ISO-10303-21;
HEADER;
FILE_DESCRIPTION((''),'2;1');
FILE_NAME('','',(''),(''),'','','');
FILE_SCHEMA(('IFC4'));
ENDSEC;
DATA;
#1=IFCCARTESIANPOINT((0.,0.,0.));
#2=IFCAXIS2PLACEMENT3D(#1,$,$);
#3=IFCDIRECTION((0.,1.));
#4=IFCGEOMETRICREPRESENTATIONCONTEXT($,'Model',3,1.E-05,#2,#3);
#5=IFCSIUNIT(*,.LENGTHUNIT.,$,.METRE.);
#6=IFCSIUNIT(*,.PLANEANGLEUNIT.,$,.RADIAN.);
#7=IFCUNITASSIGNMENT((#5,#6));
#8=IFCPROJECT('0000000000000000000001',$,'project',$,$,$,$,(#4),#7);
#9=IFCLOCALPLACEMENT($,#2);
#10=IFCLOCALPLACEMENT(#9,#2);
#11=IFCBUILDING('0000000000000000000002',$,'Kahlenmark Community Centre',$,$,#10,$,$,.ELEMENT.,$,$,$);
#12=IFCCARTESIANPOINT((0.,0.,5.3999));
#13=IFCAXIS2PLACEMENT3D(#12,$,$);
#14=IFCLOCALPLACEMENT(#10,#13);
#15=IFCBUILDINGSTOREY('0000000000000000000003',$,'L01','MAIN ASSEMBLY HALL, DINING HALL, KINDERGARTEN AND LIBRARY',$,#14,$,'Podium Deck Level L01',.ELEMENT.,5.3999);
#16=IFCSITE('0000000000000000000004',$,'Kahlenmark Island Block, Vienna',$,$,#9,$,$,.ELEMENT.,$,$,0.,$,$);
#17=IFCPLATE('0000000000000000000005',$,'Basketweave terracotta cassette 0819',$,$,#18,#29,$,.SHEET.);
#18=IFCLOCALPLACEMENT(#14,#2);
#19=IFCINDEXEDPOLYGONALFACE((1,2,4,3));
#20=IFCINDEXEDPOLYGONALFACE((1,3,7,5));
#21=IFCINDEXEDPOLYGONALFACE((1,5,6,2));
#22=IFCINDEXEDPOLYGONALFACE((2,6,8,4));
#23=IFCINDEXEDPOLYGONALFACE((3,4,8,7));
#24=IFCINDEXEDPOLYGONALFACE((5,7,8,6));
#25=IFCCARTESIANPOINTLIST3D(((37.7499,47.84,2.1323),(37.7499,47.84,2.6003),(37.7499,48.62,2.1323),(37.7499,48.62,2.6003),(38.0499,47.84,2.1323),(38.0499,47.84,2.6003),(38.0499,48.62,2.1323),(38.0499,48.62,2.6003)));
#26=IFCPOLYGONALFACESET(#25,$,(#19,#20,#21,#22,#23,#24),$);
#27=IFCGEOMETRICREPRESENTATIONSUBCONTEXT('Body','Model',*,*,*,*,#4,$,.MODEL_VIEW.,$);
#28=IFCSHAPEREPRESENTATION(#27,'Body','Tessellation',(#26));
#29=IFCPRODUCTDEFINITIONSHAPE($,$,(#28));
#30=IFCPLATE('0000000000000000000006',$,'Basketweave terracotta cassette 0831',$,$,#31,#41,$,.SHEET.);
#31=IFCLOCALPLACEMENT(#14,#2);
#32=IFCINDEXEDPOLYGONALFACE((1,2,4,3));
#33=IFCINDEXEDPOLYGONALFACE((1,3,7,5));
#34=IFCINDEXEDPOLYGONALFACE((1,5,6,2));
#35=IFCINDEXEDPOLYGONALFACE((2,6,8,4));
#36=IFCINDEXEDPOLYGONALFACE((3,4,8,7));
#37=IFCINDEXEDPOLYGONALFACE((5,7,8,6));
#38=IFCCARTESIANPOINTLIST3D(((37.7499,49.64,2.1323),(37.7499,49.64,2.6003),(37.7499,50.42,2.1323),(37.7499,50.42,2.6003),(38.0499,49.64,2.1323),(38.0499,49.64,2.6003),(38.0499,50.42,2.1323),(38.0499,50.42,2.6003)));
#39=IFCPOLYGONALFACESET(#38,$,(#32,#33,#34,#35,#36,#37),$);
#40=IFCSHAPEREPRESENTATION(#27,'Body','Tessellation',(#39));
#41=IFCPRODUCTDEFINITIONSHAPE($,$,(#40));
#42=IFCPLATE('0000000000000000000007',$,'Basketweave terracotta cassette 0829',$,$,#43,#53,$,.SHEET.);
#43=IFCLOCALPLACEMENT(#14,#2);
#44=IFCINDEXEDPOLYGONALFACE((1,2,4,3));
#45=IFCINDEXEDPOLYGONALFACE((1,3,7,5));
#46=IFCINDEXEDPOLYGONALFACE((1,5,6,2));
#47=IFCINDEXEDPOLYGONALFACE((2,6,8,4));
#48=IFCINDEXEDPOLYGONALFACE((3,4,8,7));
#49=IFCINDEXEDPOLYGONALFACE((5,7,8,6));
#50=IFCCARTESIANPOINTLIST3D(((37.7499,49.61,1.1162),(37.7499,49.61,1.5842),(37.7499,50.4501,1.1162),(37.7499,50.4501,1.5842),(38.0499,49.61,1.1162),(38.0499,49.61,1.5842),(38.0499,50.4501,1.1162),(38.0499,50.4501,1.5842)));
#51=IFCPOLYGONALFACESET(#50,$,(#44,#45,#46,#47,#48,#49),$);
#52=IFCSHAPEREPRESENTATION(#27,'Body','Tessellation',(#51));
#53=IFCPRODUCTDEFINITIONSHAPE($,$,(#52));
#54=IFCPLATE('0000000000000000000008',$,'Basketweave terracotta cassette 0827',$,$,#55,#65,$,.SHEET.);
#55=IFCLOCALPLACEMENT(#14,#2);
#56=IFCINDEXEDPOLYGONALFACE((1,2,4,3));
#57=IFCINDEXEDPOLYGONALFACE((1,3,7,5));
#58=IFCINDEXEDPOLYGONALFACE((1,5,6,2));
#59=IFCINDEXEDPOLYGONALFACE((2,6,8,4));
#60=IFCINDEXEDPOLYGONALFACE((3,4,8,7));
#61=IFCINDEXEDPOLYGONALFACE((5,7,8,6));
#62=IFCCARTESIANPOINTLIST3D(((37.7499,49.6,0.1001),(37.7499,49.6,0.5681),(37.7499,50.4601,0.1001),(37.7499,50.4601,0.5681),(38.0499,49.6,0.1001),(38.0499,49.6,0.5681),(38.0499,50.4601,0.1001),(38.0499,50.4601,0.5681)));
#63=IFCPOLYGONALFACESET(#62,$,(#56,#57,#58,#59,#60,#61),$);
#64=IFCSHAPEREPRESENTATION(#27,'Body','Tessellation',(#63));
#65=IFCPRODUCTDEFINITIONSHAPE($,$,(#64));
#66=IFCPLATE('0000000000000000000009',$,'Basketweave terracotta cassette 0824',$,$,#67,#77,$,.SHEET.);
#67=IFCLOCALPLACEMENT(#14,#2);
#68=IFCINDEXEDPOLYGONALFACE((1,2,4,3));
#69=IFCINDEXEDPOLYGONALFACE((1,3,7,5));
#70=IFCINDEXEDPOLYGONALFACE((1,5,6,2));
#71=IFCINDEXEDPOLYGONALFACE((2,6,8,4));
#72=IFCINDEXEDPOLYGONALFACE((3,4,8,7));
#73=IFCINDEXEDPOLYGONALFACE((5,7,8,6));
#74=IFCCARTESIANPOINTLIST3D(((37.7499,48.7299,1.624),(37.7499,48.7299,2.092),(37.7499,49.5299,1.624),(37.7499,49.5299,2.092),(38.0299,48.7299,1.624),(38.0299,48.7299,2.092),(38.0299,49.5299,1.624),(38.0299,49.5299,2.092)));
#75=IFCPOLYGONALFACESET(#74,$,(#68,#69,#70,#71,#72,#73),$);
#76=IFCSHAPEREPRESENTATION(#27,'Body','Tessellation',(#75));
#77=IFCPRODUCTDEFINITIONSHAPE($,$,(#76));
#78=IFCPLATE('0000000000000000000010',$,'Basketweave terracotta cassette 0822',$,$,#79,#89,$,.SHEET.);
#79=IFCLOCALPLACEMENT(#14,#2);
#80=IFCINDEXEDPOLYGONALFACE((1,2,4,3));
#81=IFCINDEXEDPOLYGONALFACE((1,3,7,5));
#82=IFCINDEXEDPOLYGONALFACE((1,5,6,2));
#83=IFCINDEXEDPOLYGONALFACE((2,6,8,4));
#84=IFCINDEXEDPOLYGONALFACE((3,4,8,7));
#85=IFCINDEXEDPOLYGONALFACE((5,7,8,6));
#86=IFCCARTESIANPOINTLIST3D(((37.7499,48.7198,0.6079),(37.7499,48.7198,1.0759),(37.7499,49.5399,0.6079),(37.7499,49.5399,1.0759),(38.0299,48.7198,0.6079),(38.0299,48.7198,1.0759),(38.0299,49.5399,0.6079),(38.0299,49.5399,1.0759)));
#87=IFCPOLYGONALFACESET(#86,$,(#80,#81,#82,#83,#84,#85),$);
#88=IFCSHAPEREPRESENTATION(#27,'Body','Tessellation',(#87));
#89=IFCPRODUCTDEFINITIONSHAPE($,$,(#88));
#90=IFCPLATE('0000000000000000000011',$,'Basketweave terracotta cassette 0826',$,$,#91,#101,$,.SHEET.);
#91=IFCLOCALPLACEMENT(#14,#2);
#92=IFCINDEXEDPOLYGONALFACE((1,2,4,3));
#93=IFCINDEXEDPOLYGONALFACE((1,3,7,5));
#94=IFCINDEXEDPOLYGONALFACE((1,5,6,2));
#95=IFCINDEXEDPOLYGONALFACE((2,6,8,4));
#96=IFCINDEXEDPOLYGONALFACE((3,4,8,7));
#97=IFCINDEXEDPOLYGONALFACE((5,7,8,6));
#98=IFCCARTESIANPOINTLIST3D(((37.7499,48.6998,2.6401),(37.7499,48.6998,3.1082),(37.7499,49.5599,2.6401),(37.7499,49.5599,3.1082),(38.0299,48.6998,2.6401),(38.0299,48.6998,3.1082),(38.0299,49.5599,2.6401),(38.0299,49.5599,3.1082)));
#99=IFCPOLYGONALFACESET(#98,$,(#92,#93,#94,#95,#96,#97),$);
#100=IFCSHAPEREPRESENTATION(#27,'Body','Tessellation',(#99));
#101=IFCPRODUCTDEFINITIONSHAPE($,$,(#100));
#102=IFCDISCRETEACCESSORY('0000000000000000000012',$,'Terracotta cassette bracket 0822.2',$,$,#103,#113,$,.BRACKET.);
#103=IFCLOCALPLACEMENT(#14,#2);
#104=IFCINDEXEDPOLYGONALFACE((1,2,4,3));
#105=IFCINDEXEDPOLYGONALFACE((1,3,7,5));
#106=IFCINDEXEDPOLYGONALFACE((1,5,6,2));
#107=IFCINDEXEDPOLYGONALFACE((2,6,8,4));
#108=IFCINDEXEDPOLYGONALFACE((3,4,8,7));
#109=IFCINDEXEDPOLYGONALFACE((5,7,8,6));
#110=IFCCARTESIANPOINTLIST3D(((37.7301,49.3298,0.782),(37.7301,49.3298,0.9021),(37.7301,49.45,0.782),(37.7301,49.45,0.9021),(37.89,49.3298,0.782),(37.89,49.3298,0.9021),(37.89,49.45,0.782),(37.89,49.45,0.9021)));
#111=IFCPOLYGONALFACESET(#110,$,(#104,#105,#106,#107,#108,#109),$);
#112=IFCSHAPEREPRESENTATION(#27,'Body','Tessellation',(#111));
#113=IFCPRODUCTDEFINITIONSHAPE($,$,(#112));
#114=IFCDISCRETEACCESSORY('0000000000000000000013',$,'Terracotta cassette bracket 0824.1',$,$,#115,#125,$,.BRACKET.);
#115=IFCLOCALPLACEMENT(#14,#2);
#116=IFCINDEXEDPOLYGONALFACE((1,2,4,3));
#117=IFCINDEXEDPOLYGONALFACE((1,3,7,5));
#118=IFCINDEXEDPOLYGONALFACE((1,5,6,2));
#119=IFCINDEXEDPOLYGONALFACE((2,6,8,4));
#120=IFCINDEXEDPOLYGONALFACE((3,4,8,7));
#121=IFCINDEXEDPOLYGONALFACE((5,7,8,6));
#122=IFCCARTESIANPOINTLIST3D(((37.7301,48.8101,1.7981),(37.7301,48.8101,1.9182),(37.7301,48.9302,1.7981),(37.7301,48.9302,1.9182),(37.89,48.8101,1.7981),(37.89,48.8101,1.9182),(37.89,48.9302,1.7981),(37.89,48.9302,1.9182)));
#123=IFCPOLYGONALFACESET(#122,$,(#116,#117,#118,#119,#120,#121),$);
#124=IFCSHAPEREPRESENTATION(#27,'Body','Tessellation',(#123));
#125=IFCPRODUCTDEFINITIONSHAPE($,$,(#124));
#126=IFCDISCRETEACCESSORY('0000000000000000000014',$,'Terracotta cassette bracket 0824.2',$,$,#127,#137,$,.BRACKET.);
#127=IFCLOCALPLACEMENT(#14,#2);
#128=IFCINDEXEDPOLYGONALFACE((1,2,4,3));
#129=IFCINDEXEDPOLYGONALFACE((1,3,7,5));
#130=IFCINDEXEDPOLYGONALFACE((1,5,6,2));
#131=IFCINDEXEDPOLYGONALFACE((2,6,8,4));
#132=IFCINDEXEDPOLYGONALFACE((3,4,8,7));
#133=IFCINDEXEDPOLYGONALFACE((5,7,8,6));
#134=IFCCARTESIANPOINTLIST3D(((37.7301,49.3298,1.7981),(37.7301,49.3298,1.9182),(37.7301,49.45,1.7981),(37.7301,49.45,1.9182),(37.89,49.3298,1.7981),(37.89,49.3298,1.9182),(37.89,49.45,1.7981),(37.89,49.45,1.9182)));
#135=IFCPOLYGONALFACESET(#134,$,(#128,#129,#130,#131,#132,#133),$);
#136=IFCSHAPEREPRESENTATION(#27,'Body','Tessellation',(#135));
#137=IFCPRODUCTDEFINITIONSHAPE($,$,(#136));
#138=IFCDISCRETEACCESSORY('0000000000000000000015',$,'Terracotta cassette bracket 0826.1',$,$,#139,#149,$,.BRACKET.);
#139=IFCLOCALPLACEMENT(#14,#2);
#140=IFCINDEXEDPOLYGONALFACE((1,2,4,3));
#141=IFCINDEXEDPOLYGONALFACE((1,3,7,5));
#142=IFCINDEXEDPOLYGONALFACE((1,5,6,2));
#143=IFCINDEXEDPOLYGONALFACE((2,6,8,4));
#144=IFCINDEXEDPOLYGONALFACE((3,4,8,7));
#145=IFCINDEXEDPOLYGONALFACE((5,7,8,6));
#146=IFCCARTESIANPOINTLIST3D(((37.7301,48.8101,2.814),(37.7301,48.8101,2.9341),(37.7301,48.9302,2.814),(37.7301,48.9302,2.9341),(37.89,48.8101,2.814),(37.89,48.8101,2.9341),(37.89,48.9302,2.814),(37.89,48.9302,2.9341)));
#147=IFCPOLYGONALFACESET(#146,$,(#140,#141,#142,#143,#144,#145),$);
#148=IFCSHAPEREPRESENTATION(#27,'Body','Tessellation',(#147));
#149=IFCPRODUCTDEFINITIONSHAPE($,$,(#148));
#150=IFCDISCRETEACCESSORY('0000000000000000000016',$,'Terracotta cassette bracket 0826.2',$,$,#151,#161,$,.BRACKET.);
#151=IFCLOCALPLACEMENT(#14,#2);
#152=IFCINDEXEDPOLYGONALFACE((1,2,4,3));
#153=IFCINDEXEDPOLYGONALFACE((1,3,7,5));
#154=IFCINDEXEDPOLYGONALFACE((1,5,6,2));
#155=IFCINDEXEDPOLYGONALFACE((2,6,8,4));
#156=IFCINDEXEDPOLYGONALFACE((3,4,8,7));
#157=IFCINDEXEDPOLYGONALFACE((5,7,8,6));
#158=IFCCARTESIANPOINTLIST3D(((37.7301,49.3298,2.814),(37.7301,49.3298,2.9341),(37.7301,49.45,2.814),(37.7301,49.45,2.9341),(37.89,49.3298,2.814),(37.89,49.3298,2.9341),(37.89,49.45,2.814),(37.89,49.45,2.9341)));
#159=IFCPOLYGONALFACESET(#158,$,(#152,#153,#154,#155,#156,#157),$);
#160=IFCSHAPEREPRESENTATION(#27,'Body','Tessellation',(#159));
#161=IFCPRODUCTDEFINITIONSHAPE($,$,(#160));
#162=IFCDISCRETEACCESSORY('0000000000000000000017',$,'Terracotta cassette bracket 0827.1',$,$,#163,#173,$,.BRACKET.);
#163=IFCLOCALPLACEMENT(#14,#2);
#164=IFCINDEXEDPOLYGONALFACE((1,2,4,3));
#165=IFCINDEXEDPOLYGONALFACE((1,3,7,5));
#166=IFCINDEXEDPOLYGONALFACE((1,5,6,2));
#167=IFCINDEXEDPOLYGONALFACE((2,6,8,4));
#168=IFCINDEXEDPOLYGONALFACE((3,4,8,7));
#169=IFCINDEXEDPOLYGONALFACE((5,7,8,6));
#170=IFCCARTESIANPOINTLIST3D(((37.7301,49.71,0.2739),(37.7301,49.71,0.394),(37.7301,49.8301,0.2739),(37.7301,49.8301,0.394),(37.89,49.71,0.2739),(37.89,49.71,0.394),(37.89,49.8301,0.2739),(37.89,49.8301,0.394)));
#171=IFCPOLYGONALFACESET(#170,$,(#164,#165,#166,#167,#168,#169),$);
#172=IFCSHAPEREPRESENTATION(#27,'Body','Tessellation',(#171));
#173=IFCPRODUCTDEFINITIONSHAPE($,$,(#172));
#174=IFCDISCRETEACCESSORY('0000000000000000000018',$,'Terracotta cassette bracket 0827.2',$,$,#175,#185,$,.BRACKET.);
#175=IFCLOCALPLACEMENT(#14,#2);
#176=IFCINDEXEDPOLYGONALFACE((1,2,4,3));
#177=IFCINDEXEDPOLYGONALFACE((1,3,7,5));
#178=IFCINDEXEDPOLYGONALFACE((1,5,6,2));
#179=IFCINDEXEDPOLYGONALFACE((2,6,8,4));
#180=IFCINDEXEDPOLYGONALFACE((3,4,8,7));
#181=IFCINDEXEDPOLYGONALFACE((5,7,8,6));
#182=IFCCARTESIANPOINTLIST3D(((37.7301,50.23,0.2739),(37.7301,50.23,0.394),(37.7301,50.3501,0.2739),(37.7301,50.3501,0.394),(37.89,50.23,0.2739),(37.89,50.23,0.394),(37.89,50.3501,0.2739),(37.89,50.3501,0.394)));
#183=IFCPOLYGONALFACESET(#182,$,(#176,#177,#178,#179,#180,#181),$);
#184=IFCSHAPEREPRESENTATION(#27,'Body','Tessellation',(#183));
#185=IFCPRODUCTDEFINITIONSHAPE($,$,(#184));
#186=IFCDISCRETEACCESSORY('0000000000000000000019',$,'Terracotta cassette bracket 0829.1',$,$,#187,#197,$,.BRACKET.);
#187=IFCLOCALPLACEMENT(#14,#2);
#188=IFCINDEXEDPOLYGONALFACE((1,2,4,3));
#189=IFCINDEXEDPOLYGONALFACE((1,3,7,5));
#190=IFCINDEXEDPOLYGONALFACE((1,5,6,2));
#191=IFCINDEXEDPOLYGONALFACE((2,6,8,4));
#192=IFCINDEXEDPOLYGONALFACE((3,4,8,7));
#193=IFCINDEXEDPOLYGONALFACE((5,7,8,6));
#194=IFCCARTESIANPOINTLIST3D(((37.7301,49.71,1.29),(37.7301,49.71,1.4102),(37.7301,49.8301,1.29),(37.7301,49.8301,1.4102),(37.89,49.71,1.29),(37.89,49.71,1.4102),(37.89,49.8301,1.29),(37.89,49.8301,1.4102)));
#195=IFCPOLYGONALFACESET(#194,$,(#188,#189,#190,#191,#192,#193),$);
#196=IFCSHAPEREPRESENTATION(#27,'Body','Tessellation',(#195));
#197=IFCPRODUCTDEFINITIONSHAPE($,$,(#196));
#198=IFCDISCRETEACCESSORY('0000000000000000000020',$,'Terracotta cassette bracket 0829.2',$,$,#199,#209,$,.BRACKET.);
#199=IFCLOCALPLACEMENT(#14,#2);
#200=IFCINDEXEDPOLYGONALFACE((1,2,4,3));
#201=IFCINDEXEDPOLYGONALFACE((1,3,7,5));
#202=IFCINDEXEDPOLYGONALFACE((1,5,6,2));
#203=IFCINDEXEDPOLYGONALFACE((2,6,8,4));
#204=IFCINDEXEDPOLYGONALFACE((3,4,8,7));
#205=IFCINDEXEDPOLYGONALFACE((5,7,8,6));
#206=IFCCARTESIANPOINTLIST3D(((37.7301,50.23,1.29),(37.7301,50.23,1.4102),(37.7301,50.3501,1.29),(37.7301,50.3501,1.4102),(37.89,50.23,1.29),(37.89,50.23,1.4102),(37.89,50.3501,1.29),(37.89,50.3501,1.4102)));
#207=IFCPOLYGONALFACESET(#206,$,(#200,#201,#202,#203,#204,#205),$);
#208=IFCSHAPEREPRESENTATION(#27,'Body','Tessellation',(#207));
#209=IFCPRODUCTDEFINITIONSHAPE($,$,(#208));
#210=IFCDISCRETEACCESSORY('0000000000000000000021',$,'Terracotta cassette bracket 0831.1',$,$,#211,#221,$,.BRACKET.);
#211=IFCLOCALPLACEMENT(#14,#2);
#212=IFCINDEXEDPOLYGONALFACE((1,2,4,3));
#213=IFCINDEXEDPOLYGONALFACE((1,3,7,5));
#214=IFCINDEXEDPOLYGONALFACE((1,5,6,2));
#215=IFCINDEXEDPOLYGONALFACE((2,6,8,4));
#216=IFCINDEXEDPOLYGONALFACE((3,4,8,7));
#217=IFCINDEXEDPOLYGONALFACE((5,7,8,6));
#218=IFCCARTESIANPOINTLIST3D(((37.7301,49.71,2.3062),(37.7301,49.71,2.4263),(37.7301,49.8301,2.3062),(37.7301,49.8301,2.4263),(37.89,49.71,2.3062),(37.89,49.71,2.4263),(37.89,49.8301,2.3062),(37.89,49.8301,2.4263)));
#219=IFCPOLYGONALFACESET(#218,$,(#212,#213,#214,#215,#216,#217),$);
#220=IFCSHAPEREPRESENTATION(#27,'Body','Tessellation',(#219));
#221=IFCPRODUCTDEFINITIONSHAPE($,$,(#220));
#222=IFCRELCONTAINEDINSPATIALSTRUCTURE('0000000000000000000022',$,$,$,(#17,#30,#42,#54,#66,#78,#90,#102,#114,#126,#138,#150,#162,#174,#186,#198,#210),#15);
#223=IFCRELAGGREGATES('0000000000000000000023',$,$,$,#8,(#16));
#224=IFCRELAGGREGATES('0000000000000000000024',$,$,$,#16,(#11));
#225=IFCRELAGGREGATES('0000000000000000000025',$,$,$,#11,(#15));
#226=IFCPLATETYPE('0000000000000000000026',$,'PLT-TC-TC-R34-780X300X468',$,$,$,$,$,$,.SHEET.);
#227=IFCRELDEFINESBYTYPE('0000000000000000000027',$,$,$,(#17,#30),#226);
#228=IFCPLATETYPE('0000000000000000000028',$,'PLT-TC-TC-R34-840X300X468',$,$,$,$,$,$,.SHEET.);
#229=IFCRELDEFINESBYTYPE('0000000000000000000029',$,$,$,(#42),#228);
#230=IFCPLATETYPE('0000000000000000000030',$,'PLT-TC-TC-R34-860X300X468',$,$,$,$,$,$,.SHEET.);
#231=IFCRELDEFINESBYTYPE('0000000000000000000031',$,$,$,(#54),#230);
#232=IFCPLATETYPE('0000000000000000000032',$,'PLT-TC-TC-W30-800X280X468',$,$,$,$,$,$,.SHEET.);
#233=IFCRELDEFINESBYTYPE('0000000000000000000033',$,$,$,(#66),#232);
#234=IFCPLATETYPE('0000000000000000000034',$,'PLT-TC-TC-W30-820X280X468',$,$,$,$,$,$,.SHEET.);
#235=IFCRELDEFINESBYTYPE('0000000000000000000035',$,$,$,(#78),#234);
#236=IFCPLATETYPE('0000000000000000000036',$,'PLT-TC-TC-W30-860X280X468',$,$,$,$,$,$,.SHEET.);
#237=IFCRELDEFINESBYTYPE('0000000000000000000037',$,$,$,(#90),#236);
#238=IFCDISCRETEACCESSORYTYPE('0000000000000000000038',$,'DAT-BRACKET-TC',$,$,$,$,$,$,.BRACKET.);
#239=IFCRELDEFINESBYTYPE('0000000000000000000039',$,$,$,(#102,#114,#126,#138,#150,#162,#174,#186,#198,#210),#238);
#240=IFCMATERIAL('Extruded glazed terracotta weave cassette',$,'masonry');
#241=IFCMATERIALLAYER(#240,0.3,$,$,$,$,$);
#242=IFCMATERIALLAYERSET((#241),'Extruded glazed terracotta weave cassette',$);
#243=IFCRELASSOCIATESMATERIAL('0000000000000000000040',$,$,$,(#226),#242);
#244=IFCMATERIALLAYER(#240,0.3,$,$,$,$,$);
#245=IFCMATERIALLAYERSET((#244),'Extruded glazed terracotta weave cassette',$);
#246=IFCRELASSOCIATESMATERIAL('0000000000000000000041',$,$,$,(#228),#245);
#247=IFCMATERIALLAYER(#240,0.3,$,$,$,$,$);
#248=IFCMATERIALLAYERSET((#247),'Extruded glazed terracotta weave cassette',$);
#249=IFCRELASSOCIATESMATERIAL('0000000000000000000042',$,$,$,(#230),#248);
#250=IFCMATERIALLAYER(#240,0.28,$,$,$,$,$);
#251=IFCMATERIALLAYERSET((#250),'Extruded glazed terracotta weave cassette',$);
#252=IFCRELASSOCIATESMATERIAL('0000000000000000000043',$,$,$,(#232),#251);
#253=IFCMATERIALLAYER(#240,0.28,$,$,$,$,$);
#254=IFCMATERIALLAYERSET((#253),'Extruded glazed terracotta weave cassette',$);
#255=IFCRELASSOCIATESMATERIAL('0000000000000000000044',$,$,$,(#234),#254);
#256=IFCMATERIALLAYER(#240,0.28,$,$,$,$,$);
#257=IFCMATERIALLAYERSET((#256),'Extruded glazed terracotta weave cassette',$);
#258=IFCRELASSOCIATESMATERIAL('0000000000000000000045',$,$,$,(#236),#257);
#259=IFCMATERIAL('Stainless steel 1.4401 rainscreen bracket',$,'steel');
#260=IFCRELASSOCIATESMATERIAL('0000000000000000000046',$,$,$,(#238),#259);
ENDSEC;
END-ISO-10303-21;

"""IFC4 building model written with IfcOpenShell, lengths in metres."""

from ifc_helpers import new_model, si_unit, direction, frame, origin, origin_2d, place, context, subcontext, project, spatial, rectangle, extrude, material, layer, layer_set, type_object, element, save


model = new_model("IFC4")

# Units and contexts
model_context = context("Model", 3, precision=1e-05, world=origin(), true_north=direction((0.0, 1.0)))
body_context = subcontext(model_context, "Body", "Model", "MODEL_VIEW")
ifc_project = project(units=[si_unit("LENGTHUNIT", "METRE"), si_unit("PLANEANGLEUNIT", "RADIAN")], contexts=[model_context])

# Site, building, storey
site_placement = place(None, origin())
site = spatial("IfcSite", under=ifc_project, at=site_placement, Name="Kahlenmark Island Block, Vienna", CompositionType="ELEMENT", RefElevation=0.0)
building_placement = place(site_placement, origin())
building = spatial("IfcBuilding", under=site, at=building_placement, Name="Kahlenmark Community Centre", CompositionType="ELEMENT")
storey_placement = place(building_placement, frame((0.0, 0.0, 5.3999)))
storey = spatial("IfcBuildingStorey", under=building, at=storey_placement, Name="L01", Description="MAIN ASSEMBLY HALL, DINING HALL, KINDERGARTEN AND LIBRARY", LongName="Podium Deck Level L01", CompositionType="ELEMENT", Elevation=5.3999)

# Plates
ifc_material_1 = material(Name="Extruded glazed terracotta weave cassette", Category="masonry")
ifc_layer_1 = layer(ifc_material_1, 0.3)
ifc_layer_set_1 = layer_set([ifc_layer_1], Name="Extruded glazed terracotta weave cassette")
plate_type_1 = type_object("IfcPlateType", Name="PLT-TC-TC-R34-780X300X468", PredefinedType="SHEET", material=ifc_layer_set_1)
for number, where, z_axis, x_axis, name in (
    (1, (37.8999, 48.23, 2.1323), (0.0, 0.0, 1.0), (0.0, 1.0, 0.0), "Basketweave terracotta cassette 0819"),
    (2, (37.8999, 50.03, 2.1323), (0.0, 0.0, 1.0), (0.0, 1.0, 0.0), "Basketweave terracotta cassette 0831"),
):
    element("IfcPlate", number, at=place(storey_placement, frame(where, z_axis=z_axis, x_axis=x_axis)), inside=storey, type_object=plate_type_1, Name=name, PredefinedType="SHEET", context=body_context, shape_type="SweptSolid", body=[
        extrude(rectangle(XDim=0.78, YDim=0.3, at=origin_2d()), origin(), (0.0, 0.0, 1.0), 0.468),
    ])
ifc_layer_2 = layer(ifc_material_1, 0.3)
ifc_layer_set_2 = layer_set([ifc_layer_2], Name="Extruded glazed terracotta weave cassette")
plate_type_2 = type_object("IfcPlateType", Name="PLT-TC-TC-R34-840X300X468", PredefinedType="SHEET", material=ifc_layer_set_2)
plate_1_placement = place(storey_placement, frame((37.8999, 50.03, 1.1162), z_axis=(0.0, 0.0, 1.0), x_axis=(0.0, 1.0, 0.0)))
element("IfcPlate", 3, at=plate_1_placement, inside=storey, type_object=plate_type_2, Name="Basketweave terracotta cassette 0829", PredefinedType="SHEET", context=body_context, shape_type="SweptSolid", body=[
    extrude(rectangle(XDim=0.8401, YDim=0.3, at=origin_2d()), origin(), (0.0, 0.0, 1.0), 0.468),
])
ifc_layer_3 = layer(ifc_material_1, 0.3)
ifc_layer_set_3 = layer_set([ifc_layer_3], Name="Extruded glazed terracotta weave cassette")
plate_type_3 = type_object("IfcPlateType", Name="PLT-TC-TC-R34-860X300X468", PredefinedType="SHEET", material=ifc_layer_set_3)
plate_2_placement = place(storey_placement, frame((37.8999, 50.03, 0.1001), z_axis=(0.0, 0.0, 1.0), x_axis=(0.0, 1.0, 0.0)))
element("IfcPlate", 4, at=plate_2_placement, inside=storey, type_object=plate_type_3, Name="Basketweave terracotta cassette 0827", PredefinedType="SHEET", context=body_context, shape_type="SweptSolid", body=[
    extrude(rectangle(XDim=0.8601, YDim=0.3, at=origin_2d()), origin(), (0.0, 0.0, 1.0), 0.468),
])
ifc_layer_4 = layer(ifc_material_1, 0.28)
ifc_layer_set_4 = layer_set([ifc_layer_4], Name="Extruded glazed terracotta weave cassette")
plate_type_4 = type_object("IfcPlateType", Name="PLT-TC-TC-W30-800X280X468", PredefinedType="SHEET", material=ifc_layer_set_4)
plate_3_placement = place(storey_placement, frame((37.8899, 49.1299, 1.624), z_axis=(0.0, 0.0, 1.0), x_axis=(0.0, 1.0, 0.0)))
element("IfcPlate", 5, at=plate_3_placement, inside=storey, type_object=plate_type_4, Name="Basketweave terracotta cassette 0824", PredefinedType="SHEET", context=body_context, shape_type="SweptSolid", body=[
    extrude(rectangle(XDim=0.8, YDim=0.28, at=origin_2d()), origin(), (0.0, 0.0, 1.0), 0.468),
])
ifc_layer_5 = layer(ifc_material_1, 0.28)
ifc_layer_set_5 = layer_set([ifc_layer_5], Name="Extruded glazed terracotta weave cassette")
plate_type_5 = type_object("IfcPlateType", Name="PLT-TC-TC-W30-820X280X468", PredefinedType="SHEET", material=ifc_layer_set_5)
plate_4_placement = place(storey_placement, frame((37.8899, 49.1299, 0.6079), z_axis=(0.0, 0.0, 1.0), x_axis=(0.0, 1.0, 0.0)))
element("IfcPlate", 6, at=plate_4_placement, inside=storey, type_object=plate_type_5, Name="Basketweave terracotta cassette 0822", PredefinedType="SHEET", context=body_context, shape_type="SweptSolid", body=[
    extrude(rectangle(XDim=0.8201, YDim=0.28, at=origin_2d()), origin(), (0.0, 0.0, 1.0), 0.468),
])
ifc_layer_6 = layer(ifc_material_1, 0.28)
ifc_layer_set_6 = layer_set([ifc_layer_6], Name="Extruded glazed terracotta weave cassette")
plate_type_6 = type_object("IfcPlateType", Name="PLT-TC-TC-W30-860X280X468", PredefinedType="SHEET", material=ifc_layer_set_6)
plate_5_placement = place(storey_placement, frame((37.8899, 49.1299, 2.6401), z_axis=(0.0, 0.0, 1.0), x_axis=(0.0, 1.0, 0.0)))
element("IfcPlate", 7, at=plate_5_placement, inside=storey, type_object=plate_type_6, Name="Basketweave terracotta cassette 0826", PredefinedType="SHEET", context=body_context, shape_type="SweptSolid", body=[
    extrude(rectangle(XDim=0.8601, YDim=0.28, at=origin_2d()), origin(), (0.0, 0.0, 1.0), 0.468),
])

# Discrete accessories
ifc_material_2 = material(Name="Stainless steel 1.4401 rainscreen bracket", Category="steel")
discrete_accessory_type = type_object("IfcDiscreteAccessoryType", Name="DAT-BRACKET-TC", PredefinedType="BRACKET", material=ifc_material_2)
for number, where, z_axis, x_axis, name in (
    (8, (37.8101, 49.3899, 0.782), (0.0, 0.0, 1.0), (0.0, 1.0, 0.0), "Terracotta cassette bracket 0822.2"),
    (9, (37.8101, 48.8701, 1.7981), (0.0, 0.0, 1.0), (0.0, 1.0, 0.0), "Terracotta cassette bracket 0824.1"),
    (10, (37.8101, 49.3899, 1.7981), (0.0, 0.0, 1.0), (0.0, 1.0, 0.0), "Terracotta cassette bracket 0824.2"),
    (11, (37.8101, 48.8701, 2.814), (0.0, 0.0, 1.0), (0.0, 1.0, 0.0), "Terracotta cassette bracket 0826.1"),
    (12, (37.8101, 49.3899, 2.814), (0.0, 0.0, 1.0), (0.0, 1.0, 0.0), "Terracotta cassette bracket 0826.2"),
    (13, (37.8101, 49.77, 0.2739), (0.0, 0.0, 1.0), (0.0, 1.0, 0.0), "Terracotta cassette bracket 0827.1"),
    (14, (37.8101, 50.29, 0.2739), (0.0, 0.0, 1.0), (0.0, 1.0, 0.0), "Terracotta cassette bracket 0827.2"),
    (15, (37.8101, 49.77, 1.29), (0.0, 0.0, 1.0), (0.0, 1.0, 0.0), "Terracotta cassette bracket 0829.1"),
    (16, (37.8101, 50.29, 1.29), (0.0, 0.0, 1.0), (0.0, 1.0, 0.0), "Terracotta cassette bracket 0829.2"),
    (17, (37.8101, 49.77, 2.3062), (0.0, 0.0, 1.0), (0.0, 1.0, 0.0), "Terracotta cassette bracket 0831.1"),
):
    element("IfcDiscreteAccessory", number, at=place(storey_placement, frame(where, z_axis=z_axis, x_axis=x_axis)), inside=storey, type_object=discrete_accessory_type, Name=name, PredefinedType="BRACKET", context=body_context, shape_type="SweptSolid", body=[
        extrude(rectangle(XDim=0.1201, YDim=0.1599, at=origin_2d()), origin(), (0.0, 0.0, 1.0), 0.1201),
    ])

save(model, "model.ifc")
